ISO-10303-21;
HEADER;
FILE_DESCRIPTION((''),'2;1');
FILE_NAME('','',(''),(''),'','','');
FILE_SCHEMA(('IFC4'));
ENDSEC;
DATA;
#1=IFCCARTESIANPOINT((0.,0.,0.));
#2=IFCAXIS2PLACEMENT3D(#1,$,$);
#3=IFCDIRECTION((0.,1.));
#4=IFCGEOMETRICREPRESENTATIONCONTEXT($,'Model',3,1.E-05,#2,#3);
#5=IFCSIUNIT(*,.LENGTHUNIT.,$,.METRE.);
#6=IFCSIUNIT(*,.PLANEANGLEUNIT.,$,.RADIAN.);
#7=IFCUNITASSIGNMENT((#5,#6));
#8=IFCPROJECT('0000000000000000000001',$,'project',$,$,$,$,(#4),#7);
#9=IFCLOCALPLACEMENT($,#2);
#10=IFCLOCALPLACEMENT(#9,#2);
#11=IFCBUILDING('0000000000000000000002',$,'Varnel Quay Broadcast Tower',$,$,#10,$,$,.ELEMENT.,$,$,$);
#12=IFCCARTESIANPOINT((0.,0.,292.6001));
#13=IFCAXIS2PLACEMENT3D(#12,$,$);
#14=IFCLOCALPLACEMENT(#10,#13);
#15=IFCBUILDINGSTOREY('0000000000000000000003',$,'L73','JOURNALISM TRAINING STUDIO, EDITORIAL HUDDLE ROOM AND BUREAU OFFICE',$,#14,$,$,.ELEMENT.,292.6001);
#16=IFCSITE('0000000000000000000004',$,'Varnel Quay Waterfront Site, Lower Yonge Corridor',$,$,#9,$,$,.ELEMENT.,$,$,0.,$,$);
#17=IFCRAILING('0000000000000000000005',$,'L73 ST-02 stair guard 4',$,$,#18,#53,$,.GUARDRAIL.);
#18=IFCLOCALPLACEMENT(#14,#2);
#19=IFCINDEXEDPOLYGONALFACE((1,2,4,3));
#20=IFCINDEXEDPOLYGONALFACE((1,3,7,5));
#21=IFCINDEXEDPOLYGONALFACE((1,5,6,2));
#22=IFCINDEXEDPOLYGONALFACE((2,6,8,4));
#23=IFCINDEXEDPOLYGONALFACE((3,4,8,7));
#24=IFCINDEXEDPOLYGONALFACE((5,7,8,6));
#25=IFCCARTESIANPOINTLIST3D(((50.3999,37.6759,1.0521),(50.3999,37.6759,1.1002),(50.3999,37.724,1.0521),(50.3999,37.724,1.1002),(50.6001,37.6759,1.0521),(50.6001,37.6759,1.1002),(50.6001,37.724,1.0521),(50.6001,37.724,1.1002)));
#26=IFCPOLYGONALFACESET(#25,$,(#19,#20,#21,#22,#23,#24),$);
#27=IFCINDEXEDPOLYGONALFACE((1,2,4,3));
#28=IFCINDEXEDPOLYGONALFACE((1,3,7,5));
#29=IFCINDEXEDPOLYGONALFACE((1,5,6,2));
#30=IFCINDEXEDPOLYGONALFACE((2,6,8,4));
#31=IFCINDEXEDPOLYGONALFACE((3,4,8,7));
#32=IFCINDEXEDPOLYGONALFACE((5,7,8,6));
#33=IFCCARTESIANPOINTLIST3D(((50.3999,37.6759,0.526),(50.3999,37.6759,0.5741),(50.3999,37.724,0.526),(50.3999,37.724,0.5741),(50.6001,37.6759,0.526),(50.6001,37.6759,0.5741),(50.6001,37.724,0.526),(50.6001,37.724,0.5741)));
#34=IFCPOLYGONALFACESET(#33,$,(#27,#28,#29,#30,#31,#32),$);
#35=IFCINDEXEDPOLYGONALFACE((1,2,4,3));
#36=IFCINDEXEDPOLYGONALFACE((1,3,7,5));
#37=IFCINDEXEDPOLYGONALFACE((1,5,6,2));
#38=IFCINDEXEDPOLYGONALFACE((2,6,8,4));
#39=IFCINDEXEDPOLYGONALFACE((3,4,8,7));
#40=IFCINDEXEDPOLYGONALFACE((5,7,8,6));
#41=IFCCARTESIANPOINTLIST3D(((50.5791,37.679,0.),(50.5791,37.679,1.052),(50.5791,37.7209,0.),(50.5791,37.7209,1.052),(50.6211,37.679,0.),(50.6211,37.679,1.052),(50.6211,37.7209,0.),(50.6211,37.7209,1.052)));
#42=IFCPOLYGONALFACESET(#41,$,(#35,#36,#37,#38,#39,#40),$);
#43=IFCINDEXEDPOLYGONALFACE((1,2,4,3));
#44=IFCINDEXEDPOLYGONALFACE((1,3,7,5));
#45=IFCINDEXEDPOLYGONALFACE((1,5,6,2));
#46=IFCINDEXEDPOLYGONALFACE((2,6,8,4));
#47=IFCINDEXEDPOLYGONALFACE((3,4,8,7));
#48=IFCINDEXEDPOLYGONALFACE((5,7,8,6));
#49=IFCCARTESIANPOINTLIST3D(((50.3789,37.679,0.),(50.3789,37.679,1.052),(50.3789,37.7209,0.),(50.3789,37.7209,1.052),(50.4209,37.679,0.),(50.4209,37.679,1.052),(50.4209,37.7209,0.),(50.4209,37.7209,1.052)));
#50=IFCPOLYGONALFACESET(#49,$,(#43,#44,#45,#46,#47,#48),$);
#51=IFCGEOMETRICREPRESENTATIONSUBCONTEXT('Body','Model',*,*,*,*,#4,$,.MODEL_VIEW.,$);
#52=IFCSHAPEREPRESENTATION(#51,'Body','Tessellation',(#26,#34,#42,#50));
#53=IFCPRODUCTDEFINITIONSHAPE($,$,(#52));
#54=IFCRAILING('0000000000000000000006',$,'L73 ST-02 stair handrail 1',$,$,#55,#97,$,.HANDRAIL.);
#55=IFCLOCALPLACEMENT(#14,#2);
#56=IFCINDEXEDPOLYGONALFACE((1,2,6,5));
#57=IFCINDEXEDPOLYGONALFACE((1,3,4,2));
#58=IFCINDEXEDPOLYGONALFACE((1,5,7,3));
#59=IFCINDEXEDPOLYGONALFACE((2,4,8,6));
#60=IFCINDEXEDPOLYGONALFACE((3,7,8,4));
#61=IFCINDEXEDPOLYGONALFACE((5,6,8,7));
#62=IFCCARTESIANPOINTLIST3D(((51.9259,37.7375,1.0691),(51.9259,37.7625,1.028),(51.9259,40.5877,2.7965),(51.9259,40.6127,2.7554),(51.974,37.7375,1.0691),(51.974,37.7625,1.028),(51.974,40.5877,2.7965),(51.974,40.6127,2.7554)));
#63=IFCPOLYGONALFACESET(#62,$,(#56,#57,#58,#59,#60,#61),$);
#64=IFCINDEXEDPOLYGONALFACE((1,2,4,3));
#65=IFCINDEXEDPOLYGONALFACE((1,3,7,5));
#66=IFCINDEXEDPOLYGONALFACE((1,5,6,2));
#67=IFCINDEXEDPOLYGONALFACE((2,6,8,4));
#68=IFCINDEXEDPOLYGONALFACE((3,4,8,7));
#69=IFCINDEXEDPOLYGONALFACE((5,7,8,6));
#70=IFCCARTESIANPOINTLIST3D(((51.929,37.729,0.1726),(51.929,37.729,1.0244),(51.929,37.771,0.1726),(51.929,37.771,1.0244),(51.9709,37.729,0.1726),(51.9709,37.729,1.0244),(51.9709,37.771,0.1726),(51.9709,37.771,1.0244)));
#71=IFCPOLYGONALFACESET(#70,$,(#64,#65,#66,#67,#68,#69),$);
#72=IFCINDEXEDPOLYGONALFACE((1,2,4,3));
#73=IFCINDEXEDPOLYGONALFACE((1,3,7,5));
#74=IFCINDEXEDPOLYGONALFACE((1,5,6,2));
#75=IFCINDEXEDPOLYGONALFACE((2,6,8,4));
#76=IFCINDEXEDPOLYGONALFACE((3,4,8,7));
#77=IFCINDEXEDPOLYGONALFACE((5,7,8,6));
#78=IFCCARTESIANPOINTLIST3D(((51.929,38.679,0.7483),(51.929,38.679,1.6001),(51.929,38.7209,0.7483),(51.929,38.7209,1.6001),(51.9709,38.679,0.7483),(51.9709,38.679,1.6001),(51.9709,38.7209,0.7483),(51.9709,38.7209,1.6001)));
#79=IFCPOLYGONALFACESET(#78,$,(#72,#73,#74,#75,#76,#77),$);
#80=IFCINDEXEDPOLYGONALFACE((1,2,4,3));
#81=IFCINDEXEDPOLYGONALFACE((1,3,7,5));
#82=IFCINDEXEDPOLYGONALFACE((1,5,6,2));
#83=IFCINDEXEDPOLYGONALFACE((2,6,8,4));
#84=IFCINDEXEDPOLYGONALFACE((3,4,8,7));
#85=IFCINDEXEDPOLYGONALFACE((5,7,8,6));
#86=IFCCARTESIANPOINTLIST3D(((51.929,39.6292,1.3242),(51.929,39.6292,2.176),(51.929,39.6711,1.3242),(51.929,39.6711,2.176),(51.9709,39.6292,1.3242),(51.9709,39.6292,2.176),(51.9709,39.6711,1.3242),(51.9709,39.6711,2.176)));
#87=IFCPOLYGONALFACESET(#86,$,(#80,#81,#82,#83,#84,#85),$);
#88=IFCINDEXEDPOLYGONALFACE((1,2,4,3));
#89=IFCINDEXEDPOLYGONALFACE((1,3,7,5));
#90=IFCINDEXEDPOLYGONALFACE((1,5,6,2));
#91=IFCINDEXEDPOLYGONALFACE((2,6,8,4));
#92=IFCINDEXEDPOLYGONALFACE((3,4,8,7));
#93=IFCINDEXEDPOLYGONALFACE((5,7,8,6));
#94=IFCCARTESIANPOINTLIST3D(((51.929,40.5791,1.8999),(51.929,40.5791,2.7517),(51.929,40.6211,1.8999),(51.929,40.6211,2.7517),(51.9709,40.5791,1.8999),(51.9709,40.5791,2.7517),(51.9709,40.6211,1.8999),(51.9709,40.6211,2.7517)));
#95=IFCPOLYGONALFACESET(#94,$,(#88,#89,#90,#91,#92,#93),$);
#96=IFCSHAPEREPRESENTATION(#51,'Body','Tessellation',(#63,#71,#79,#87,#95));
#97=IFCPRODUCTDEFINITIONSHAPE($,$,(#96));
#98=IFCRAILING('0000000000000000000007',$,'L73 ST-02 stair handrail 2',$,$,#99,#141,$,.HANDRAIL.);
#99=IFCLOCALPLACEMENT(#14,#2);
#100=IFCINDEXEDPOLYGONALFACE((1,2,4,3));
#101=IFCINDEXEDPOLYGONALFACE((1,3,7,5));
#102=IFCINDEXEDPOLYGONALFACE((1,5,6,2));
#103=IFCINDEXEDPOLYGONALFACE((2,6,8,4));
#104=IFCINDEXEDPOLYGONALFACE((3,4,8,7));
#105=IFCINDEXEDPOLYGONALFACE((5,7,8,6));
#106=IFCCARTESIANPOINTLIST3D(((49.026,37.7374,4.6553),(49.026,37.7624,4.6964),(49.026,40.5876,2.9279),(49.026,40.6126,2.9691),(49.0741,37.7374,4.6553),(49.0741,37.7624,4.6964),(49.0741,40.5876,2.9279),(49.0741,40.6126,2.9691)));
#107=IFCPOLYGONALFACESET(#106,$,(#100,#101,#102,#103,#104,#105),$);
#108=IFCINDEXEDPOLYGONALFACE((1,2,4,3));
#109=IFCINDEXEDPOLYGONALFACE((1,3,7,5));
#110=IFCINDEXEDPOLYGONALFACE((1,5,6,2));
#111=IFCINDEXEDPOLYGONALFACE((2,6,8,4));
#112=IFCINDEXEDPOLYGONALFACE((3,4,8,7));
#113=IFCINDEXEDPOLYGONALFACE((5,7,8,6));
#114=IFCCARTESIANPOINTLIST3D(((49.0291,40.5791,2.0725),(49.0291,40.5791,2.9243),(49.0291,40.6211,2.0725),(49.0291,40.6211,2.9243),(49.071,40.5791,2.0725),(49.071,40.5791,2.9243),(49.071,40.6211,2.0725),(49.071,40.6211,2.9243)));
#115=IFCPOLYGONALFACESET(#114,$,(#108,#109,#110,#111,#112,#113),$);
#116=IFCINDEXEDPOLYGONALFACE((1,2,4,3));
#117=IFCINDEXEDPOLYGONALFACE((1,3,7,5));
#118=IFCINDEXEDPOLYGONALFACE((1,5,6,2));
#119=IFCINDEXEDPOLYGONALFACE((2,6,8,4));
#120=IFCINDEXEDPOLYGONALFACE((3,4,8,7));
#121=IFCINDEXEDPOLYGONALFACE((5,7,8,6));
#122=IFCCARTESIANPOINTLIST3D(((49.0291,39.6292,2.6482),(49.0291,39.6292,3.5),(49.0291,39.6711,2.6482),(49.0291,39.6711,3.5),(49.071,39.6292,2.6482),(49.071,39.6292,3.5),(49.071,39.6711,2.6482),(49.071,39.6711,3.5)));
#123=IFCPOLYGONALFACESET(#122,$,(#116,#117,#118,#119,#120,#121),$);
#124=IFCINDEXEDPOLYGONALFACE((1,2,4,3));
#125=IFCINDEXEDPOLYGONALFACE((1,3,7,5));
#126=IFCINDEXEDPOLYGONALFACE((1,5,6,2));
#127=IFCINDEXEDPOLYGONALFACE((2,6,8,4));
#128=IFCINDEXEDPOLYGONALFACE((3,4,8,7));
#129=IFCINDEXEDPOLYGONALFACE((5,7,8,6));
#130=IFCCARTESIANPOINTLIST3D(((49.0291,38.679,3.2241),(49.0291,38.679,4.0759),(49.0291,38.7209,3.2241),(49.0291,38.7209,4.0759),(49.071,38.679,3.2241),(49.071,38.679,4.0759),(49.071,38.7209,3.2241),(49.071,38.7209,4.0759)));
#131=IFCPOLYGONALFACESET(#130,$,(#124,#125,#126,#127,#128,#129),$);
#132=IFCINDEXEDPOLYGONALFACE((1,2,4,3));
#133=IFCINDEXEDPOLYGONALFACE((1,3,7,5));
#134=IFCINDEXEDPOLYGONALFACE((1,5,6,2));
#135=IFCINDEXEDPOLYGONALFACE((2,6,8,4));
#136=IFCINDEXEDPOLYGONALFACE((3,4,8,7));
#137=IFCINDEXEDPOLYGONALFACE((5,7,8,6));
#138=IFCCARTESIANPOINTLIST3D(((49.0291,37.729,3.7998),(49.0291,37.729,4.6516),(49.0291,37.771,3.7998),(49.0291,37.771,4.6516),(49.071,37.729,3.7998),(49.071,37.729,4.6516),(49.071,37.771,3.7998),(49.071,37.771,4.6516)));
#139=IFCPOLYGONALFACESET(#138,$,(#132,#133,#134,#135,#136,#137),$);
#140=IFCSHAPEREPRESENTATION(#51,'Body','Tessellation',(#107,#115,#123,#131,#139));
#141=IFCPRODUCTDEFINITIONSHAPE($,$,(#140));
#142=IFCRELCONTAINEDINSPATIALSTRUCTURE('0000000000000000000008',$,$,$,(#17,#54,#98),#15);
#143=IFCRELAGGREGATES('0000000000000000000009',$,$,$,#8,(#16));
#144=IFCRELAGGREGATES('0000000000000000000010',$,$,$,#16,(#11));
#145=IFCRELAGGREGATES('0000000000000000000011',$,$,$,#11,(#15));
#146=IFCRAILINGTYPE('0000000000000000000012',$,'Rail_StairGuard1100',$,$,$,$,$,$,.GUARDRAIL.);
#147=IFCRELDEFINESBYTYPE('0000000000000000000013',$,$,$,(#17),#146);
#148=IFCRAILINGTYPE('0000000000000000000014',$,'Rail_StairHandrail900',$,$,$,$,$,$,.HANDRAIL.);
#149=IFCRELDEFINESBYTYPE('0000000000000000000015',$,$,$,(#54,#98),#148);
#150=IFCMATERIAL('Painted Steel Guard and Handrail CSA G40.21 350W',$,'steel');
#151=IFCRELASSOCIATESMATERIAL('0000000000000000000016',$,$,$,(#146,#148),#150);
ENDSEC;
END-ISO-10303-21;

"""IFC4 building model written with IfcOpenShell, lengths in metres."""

from ifc_helpers import new_model, si_unit, direction, frame, origin, origin_2d, place, context, subcontext, project, spatial, rectangle, extrude, material, type_object, element, save


model = new_model("IFC4")

# Units and contexts
model_context = context("Model", 3, precision=1e-05, world=origin(), true_north=direction((0.0, 1.0)))
body_context = subcontext(model_context, "Body", "Model", "MODEL_VIEW")
ifc_project = project(units=[si_unit("LENGTHUNIT", "METRE"), si_unit("PLANEANGLEUNIT", "RADIAN")], contexts=[model_context])

# Site, building, storey
site_placement = place(None, origin())
site = spatial("IfcSite", under=ifc_project, at=site_placement, Name="Varnel Quay Waterfront Site, Lower Yonge Corridor", CompositionType="ELEMENT", RefElevation=0.0)
building_placement = place(site_placement, origin())
building = spatial("IfcBuilding", under=site, at=building_placement, Name="Varnel Quay Broadcast Tower", CompositionType="ELEMENT")
storey_placement = place(building_placement, frame((0.0, 0.0, 292.6001)))
storey = spatial("IfcBuildingStorey", under=building, at=storey_placement, Name="L73", Description="JOURNALISM TRAINING STUDIO, EDITORIAL HUDDLE ROOM AND BUREAU OFFICE", CompositionType="ELEMENT", Elevation=292.6001)

# Railings
ifc_material_1 = material(Name="Painted Steel Guard and Handrail CSA G40.21 350W", Category="steel")
railing_type_1 = type_object("IfcRailingType", Name="Rail_StairGuard1100", PredefinedType="GUARDRAIL", material=ifc_material_1)
railing_1_placement = place(storey_placement, frame((50.6001, 37.7, 0.0)))
element("IfcRailing", 1, at=railing_1_placement, inside=storey, type_object=railing_type_1, Name="L73 ST-02 stair guard 4", PredefinedType="GUARDRAIL", context=body_context, shape_type="SweptSolid", body=[
    extrude(rectangle(XDim=0.0481, YDim=0.0481, at=origin_2d()), frame((0.0, 0.0, 1.0762), z_axis=(-1.0, 0.0, 0.0), x_axis=(0.0, -1.0, 0.0)), (0.0, 0.0, 1.0), 0.2002),
    extrude(rectangle(XDim=0.0481, YDim=0.0481, at=origin_2d()), frame((0.0, 0.0, 0.55), z_axis=(-1.0, 0.0, 0.0), x_axis=(0.0, -1.0, 0.0)), (0.0, 0.0, 1.0), 0.2002),
    extrude(rectangle(XDim=0.042, YDim=0.042, at=origin_2d()), origin(), (0.0, 0.0, 1.0), 1.052),
    extrude(rectangle(XDim=0.042, YDim=0.042, at=origin_2d()), frame((-0.2002, 0.0, 0.0)), (0.0, 0.0, 1.0), 1.052),
])
railing_type_2 = type_object("IfcRailingType", Name="Rail_StairHandrail900", PredefinedType="HANDRAIL", material=ifc_material_1)
railing_2_placement = place(storey_placement, frame((51.95, 37.75, 0.1726)))
element("IfcRailing", 2, at=railing_2_placement, inside=storey, type_object=railing_type_2, Name="L73 ST-02 stair handrail 1", PredefinedType="HANDRAIL", context=body_context, shape_type="SweptSolid", body=[
    extrude(rectangle(XDim=0.0481, YDim=0.0481, at=origin_2d()), frame((0.0, 0.0, 0.876), z_axis=(0.0, 0.855203, 0.518294), x_axis=(-1.0, 0.0, 0.0)), (0.0, 0.0, 1.0), 3.3328),
    extrude(rectangle(XDim=0.042, YDim=0.042, at=origin_2d()), origin(), (0.0, 0.0, 1.0), 0.8518),
    extrude(rectangle(XDim=0.042, YDim=0.042, at=origin_2d()), frame((0.0, 0.95, 0.5757)), (0.0, 0.0, 1.0), 0.8518),
    extrude(rectangle(XDim=0.042, YDim=0.042, at=origin_2d()), frame((0.0, 1.9001, 1.1516)), (0.0, 0.0, 1.0), 0.8518),
    extrude(rectangle(XDim=0.042, YDim=0.042, at=origin_2d()), frame((0.0, 2.8501, 1.7273)), (0.0, 0.0, 1.0), 0.8518),
])
railing_3_placement = place(storey_placement, frame((49.05, 40.6001, 2.0725)))
element("IfcRailing", 3, at=railing_3_placement, inside=storey, type_object=railing_type_2, Name="L73 ST-02 stair handrail 2", PredefinedType="HANDRAIL", context=body_context, shape_type="SweptSolid", body=[
    extrude(rectangle(XDim=0.0481, YDim=0.0481, at=origin_2d()), frame((0.0, 0.0, 0.876), z_axis=(0.0, -0.855203, 0.518294), x_axis=(1.0, 0.0, 0.0)), (0.0, 0.0, 1.0), 3.3328),
    extrude(rectangle(XDim=0.042, YDim=0.042, at=origin_2d()), origin(), (0.0, 0.0, 1.0), 0.8518),
    extrude(rectangle(XDim=0.042, YDim=0.042, at=origin_2d()), frame((0.0, -0.95, 0.5757)), (0.0, 0.0, 1.0), 0.8518),
    extrude(rectangle(XDim=0.042, YDim=0.042, at=origin_2d()), frame((0.0, -1.9001, 1.1516)), (0.0, 0.0, 1.0), 0.8518),
    extrude(rectangle(XDim=0.042, YDim=0.042, at=origin_2d()), frame((0.0, -2.8501, 1.7273)), (0.0, 0.0, 1.0), 0.8518),
])

save(model, "model.ifc")
